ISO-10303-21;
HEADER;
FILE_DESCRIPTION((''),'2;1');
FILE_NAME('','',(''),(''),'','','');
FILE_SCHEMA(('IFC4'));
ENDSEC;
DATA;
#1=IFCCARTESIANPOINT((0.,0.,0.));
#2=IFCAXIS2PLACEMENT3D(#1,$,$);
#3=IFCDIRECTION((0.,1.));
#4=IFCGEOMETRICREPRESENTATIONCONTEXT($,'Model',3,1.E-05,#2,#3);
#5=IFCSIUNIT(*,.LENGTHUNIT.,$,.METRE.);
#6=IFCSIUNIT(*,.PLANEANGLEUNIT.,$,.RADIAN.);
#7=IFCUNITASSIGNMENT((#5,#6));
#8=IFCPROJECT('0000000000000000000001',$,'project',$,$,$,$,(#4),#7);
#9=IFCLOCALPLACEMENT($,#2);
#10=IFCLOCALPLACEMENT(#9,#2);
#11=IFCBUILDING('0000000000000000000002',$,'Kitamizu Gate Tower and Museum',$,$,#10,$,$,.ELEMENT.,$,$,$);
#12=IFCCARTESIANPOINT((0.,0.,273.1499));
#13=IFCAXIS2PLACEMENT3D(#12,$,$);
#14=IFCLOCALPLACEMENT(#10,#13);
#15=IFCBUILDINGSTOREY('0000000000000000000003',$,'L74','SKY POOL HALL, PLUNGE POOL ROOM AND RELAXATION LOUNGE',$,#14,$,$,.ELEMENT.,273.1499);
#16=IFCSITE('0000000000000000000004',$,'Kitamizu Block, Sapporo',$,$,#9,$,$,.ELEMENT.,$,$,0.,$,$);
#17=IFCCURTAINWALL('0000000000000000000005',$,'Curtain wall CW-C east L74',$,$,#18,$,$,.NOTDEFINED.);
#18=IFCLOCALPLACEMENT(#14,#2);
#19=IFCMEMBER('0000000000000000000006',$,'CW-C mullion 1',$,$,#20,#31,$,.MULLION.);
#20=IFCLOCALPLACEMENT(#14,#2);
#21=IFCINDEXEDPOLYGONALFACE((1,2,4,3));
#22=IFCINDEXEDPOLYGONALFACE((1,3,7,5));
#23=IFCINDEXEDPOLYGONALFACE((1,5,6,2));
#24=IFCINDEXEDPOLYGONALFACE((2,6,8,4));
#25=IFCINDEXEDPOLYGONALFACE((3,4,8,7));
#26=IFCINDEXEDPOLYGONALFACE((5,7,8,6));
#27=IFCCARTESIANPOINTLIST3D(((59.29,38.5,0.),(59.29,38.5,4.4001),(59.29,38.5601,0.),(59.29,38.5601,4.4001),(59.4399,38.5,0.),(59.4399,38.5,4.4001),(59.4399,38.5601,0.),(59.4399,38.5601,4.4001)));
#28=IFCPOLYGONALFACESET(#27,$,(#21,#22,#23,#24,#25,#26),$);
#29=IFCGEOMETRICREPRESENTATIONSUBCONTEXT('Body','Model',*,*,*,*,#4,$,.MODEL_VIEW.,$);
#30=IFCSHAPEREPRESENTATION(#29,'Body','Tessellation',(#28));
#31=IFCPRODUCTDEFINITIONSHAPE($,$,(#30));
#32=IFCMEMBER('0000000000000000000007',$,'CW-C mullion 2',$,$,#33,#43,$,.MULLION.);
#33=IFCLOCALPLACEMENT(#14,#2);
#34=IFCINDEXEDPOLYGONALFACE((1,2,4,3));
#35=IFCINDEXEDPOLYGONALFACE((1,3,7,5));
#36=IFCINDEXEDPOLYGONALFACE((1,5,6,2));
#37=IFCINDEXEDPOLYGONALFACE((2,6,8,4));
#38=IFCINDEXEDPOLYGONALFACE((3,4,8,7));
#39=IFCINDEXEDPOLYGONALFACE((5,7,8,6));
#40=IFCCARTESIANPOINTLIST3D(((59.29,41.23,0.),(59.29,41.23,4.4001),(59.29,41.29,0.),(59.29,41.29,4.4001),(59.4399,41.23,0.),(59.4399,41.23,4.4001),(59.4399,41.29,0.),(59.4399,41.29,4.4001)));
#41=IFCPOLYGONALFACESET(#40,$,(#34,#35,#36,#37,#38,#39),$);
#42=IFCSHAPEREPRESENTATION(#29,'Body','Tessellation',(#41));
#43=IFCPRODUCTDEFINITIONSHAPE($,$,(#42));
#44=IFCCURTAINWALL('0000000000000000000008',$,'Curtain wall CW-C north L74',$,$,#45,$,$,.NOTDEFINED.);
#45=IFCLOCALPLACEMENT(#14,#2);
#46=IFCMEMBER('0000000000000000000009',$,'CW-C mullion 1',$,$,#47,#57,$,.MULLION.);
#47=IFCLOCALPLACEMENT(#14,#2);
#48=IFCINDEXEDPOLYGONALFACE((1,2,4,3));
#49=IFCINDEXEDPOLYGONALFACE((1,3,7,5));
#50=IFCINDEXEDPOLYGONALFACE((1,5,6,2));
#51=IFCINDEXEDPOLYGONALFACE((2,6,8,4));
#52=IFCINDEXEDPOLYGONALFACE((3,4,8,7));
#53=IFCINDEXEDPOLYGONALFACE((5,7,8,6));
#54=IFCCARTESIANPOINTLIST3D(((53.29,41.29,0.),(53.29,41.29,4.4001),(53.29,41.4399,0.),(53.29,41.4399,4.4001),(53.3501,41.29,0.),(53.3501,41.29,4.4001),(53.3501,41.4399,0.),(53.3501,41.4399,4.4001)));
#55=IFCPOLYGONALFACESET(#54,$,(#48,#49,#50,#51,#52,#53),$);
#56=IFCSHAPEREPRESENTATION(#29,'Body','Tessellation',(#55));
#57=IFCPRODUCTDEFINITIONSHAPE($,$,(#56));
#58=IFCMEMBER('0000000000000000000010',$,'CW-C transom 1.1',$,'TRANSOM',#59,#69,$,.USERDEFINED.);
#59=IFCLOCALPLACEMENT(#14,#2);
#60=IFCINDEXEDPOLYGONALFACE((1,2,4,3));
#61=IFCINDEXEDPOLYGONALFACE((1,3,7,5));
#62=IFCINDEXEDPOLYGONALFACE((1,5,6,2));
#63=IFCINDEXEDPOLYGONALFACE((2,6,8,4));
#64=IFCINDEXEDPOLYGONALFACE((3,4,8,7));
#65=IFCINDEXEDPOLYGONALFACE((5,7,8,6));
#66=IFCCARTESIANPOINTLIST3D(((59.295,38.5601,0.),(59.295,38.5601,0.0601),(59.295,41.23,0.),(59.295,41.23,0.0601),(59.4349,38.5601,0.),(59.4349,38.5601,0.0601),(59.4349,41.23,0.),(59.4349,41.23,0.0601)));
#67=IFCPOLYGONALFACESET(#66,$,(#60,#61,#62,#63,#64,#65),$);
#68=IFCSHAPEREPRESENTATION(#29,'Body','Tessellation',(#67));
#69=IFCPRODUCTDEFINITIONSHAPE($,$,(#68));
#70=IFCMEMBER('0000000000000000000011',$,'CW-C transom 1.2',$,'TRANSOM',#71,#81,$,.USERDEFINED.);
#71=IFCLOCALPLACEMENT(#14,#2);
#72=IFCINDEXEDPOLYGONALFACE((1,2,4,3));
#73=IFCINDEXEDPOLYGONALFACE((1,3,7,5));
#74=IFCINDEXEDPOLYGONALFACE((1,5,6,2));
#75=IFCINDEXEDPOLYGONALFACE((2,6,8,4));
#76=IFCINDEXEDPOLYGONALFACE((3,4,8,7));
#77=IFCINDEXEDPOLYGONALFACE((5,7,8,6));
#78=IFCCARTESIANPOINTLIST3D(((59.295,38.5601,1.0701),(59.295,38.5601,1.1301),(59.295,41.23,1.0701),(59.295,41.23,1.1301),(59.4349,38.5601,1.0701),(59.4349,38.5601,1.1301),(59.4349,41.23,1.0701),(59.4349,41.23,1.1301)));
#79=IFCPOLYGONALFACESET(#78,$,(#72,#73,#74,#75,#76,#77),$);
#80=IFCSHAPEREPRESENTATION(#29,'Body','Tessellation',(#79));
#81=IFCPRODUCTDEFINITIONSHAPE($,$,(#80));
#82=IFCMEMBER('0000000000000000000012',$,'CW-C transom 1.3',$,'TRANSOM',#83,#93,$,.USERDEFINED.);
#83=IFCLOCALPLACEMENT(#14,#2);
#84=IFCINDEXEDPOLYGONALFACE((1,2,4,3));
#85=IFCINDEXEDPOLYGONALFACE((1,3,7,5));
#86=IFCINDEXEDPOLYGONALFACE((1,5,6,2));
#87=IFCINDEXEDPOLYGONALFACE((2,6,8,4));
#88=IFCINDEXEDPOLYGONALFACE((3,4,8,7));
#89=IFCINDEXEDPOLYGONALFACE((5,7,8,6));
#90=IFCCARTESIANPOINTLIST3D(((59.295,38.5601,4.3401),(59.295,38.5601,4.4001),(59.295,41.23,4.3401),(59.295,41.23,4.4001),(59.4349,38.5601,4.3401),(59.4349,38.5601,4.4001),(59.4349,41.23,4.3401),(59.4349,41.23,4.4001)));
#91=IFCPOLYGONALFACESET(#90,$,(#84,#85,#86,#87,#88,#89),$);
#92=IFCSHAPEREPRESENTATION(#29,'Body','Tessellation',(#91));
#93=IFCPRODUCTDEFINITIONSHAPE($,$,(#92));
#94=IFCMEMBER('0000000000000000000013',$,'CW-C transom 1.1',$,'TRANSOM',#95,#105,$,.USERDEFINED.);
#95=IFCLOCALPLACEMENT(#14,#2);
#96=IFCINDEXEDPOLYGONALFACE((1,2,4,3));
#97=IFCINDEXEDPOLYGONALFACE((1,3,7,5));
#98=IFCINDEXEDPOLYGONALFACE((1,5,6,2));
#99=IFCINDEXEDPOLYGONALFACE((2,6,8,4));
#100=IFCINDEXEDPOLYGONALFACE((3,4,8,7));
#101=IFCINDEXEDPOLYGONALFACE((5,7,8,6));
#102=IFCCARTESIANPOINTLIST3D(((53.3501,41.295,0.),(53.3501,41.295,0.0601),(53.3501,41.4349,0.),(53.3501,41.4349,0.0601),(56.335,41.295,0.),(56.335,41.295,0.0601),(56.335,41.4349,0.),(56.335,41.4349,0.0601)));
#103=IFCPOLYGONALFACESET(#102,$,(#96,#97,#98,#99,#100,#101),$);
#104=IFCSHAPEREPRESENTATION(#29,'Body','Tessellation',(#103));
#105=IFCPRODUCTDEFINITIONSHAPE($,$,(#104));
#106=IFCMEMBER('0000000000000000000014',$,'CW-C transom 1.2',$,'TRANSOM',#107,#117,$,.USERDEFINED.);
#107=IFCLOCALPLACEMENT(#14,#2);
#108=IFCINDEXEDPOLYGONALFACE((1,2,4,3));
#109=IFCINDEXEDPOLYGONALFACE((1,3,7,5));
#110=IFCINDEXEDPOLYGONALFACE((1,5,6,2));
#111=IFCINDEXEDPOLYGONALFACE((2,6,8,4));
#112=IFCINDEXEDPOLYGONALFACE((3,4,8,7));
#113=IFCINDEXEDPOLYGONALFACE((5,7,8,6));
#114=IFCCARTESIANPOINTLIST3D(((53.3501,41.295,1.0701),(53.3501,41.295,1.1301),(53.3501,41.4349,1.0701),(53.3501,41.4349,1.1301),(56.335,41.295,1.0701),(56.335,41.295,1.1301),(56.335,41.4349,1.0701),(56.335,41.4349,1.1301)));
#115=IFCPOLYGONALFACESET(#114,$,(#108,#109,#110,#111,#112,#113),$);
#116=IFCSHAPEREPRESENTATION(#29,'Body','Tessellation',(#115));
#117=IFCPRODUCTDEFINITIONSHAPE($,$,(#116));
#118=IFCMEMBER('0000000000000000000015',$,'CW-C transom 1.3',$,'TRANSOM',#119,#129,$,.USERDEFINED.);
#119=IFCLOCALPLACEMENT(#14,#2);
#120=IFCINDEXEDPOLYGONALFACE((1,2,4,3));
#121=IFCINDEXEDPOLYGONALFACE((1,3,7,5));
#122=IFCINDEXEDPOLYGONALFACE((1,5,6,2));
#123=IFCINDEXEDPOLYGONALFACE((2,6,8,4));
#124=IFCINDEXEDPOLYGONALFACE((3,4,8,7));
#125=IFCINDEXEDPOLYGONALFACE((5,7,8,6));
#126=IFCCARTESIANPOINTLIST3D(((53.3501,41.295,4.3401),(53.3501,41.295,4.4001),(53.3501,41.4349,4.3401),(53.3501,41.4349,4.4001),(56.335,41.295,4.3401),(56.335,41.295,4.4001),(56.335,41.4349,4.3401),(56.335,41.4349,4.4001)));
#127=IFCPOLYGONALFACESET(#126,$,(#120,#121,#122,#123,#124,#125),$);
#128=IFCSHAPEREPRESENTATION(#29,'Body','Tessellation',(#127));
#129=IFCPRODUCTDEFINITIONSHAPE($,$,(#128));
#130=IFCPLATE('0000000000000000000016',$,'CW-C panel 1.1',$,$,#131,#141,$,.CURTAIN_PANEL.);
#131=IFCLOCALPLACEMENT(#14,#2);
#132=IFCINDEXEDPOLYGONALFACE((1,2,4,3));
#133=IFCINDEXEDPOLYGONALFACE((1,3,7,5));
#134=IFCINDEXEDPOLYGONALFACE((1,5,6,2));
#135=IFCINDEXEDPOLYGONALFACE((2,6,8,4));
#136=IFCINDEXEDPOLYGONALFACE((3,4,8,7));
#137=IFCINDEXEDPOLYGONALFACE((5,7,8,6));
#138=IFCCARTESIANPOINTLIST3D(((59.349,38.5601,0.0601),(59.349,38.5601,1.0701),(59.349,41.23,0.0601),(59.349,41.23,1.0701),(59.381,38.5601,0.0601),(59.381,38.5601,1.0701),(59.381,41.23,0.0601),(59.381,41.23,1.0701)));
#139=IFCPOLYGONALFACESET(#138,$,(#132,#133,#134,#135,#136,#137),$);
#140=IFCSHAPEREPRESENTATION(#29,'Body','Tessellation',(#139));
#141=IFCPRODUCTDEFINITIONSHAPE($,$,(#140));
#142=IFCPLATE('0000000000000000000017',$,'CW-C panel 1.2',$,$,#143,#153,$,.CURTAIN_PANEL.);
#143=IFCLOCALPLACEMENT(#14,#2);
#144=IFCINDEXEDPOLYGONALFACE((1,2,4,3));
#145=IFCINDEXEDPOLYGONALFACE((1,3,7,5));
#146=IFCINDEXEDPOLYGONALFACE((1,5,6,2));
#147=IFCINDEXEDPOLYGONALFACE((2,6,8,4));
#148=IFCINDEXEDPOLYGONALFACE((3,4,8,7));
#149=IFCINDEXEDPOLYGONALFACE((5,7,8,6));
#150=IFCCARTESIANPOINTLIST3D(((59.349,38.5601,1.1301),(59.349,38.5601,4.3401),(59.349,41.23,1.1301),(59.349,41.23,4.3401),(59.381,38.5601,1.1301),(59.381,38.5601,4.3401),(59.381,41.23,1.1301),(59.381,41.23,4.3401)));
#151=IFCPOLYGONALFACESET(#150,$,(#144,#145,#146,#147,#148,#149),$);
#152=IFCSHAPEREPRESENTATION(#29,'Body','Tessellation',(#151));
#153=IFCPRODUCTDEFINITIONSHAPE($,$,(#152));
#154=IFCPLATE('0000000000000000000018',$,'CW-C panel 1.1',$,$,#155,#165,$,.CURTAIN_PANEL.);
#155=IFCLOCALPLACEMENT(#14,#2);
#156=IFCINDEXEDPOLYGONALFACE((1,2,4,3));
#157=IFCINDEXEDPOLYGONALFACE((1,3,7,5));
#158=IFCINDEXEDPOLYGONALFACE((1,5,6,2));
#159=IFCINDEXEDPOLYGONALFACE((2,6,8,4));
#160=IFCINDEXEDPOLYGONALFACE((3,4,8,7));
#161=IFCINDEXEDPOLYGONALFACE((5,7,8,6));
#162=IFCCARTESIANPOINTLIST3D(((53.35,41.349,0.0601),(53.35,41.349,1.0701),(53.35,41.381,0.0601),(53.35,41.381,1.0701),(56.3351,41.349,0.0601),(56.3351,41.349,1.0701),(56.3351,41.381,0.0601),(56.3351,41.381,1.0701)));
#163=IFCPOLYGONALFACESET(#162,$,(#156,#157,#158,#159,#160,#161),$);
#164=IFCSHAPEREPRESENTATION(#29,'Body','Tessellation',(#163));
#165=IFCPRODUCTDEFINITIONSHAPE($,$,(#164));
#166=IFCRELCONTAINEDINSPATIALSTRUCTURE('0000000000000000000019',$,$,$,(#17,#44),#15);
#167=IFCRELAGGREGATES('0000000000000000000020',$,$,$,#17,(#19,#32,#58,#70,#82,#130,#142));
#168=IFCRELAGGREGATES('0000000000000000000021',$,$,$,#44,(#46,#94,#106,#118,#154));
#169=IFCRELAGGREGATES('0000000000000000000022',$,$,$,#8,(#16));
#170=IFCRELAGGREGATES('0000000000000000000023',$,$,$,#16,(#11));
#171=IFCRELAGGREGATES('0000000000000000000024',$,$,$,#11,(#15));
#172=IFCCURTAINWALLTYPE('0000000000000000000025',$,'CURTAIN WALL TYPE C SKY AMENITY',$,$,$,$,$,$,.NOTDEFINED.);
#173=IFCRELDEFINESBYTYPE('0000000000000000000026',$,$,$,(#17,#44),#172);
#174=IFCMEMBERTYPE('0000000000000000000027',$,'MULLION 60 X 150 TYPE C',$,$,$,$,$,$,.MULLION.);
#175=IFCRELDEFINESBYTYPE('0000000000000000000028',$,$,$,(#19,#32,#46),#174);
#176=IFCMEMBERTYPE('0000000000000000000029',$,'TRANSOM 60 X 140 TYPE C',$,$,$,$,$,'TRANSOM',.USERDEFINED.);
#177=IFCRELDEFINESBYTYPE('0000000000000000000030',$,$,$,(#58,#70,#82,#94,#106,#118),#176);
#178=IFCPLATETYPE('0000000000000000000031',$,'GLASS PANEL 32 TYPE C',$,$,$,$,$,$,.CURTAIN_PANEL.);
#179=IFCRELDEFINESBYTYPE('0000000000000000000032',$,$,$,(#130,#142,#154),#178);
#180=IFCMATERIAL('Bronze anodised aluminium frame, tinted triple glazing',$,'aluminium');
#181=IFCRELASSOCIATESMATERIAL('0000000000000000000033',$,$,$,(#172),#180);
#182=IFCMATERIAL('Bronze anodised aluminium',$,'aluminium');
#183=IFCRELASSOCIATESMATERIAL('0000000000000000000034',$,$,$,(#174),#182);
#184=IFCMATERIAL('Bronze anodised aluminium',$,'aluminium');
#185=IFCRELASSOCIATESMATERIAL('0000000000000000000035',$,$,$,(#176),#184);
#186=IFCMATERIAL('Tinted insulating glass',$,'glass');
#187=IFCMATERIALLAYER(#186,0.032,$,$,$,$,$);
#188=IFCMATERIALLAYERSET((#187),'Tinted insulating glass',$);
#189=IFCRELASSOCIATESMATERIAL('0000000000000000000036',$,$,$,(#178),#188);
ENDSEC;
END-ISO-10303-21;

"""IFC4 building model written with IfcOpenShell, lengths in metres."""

from ifc_helpers import new_model, si_unit, direction, frame, origin, origin_2d, place, context, subcontext, project, spatial, rectangle, extrude, material, layer, layer_set, material_profile, profile_set, type_object, element, aggregate, save


model = new_model("IFC4")

# Units and contexts
model_context = context("Model", 3, precision=1e-05, world=origin(), true_north=direction((0.0, 1.0)))
body_context = subcontext(model_context, "Body", "Model", "MODEL_VIEW")
ifc_project = project(units=[si_unit("LENGTHUNIT", "METRE"), si_unit("PLANEANGLEUNIT", "RADIAN")], contexts=[model_context])

# Site, building, storey
site_placement = place(None, origin())
site = spatial("IfcSite", under=ifc_project, at=site_placement, Name="Kitamizu Block, Sapporo", CompositionType="ELEMENT", RefElevation=0.0)
building_placement = place(site_placement, origin())
building = spatial("IfcBuilding", under=site, at=building_placement, Name="Kitamizu Gate Tower and Museum", CompositionType="ELEMENT")
storey_placement = place(building_placement, frame((0.0, 0.0, 273.1499)))
storey = spatial("IfcBuildingStorey", under=building, at=storey_placement, Name="L74", Description="SKY POOL HALL, PLUNGE POOL ROOM AND RELAXATION LOUNGE", CompositionType="ELEMENT", Elevation=273.1499)

# Curtain wall, members
ifc_material_1 = material(Name="Bronze anodised aluminium frame, tinted triple glazing", Category="aluminium")
curtain_wall_type = type_object("IfcCurtainWallType", Name="CURTAIN WALL TYPE C SKY AMENITY", PredefinedType="NOTDEFINED", material=ifc_material_1)
curtain_wall_1_placement = place(storey_placement, origin())
curtain_wall_1 = element("IfcCurtainWall", 1, at=curtain_wall_1_placement, inside=storey, type_object=curtain_wall_type, Name="Curtain wall CW-C east L74", PredefinedType="NOTDEFINED")
ifc_material_2 = material(Name="Bronze anodised aluminium", Category="aluminium")
ifc_material_profile_1 = material_profile(ifc_material_2, rectangle(XDim=0.0601, YDim=0.1499, at=origin_2d()), Name="AL 60X150")
ifc_profile_set_1 = profile_set([ifc_material_profile_1], Name="Bronze anodised aluminium")
member_type_1 = type_object("IfcMemberType", Name="MULLION 60 X 150 TYPE C", PredefinedType="MULLION", material=ifc_profile_set_1)
member_1_placement = place(storey_placement, frame((59.365, 38.53, 0.0), z_axis=(0.0, 0.0, 1.0), x_axis=(0.0, 1.0, 0.0)))
member_1 = element("IfcMember", 2, at=member_1_placement, type_object=member_type_1, Name="CW-C mullion 1", PredefinedType="MULLION", context=body_context, shape_type="SweptSolid", body=[
    extrude(rectangle(XDim=0.0601, YDim=0.1499, at=origin_2d()), origin(), (0.0, 0.0, 1.0), 4.4001),
])
member_2_placement = place(storey_placement, frame((59.365, 41.26, 0.0), z_axis=(0.0, 0.0, 1.0), x_axis=(0.0, 1.0, 0.0)))
member_2 = element("IfcMember", 3, at=member_2_placement, type_object=member_type_1, Name="CW-C mullion 2", PredefinedType="MULLION", context=body_context, shape_type="SweptSolid", body=[
    extrude(rectangle(XDim=0.0601, YDim=0.1499, at=origin_2d()), origin(), (0.0, 0.0, 1.0), 4.4001),
])

# Curtain wall, member
curtain_wall_2_placement = place(storey_placement, origin())
curtain_wall_2 = element("IfcCurtainWall", 4, at=curtain_wall_2_placement, inside=storey, type_object=curtain_wall_type, Name="Curtain wall CW-C north L74", PredefinedType="NOTDEFINED")
member_3_placement = place(storey_placement, frame((53.3201, 41.365, 0.0), z_axis=(0.0, 0.0, 1.0), x_axis=(1.0, 0.0, 0.0)))
member_3 = element("IfcMember", 5, at=member_3_placement, type_object=member_type_1, Name="CW-C mullion 1", PredefinedType="MULLION", context=body_context, shape_type="SweptSolid", body=[
    extrude(rectangle(XDim=0.0601, YDim=0.1499, at=origin_2d()), origin(), (0.0, 0.0, 1.0), 4.4001),
])

# Members
ifc_material_3 = material(Name="Bronze anodised aluminium", Category="aluminium")
ifc_material_profile_2 = material_profile(ifc_material_3, rectangle(XDim=0.1399, YDim=0.0601, at=origin_2d()), Name="AL 60X140")
ifc_profile_set_2 = profile_set([ifc_material_profile_2], Name="Bronze anodised aluminium")
member_type_2 = type_object("IfcMemberType", Name="TRANSOM 60 X 140 TYPE C", ElementType="TRANSOM", PredefinedType="USERDEFINED", material=ifc_profile_set_2)
member_4_placement = place(storey_placement, frame((59.365, 38.5601, 0.03), z_axis=(0.0, 1.0, 0.0), x_axis=(-1.0, 0.0, 0.0)))
member_4 = element("IfcMember", 6, at=member_4_placement, type_object=member_type_2, Name="CW-C transom 1.1", ObjectType="TRANSOM", PredefinedType="USERDEFINED", context=body_context, shape_type="SweptSolid", body=[
    extrude(rectangle(XDim=0.1399, YDim=0.0601, at=origin_2d()), origin(), (0.0, 0.0, 1.0), 2.6699),
])
member_5_placement = place(storey_placement, frame((59.365, 38.5601, 1.1001), z_axis=(0.0, 1.0, 0.0), x_axis=(-1.0, 0.0, 0.0)))
member_5 = element("IfcMember", 7, at=member_5_placement, type_object=member_type_2, Name="CW-C transom 1.2", ObjectType="TRANSOM", PredefinedType="USERDEFINED", context=body_context, shape_type="SweptSolid", body=[
    extrude(rectangle(XDim=0.1399, YDim=0.0601, at=origin_2d()), origin(), (0.0, 0.0, 1.0), 2.6699),
])
member_6_placement = place(storey_placement, frame((59.365, 38.5601, 4.3701), z_axis=(0.0, 1.0, 0.0), x_axis=(-1.0, 0.0, 0.0)))
member_6 = element("IfcMember", 8, at=member_6_placement, type_object=member_type_2, Name="CW-C transom 1.3", ObjectType="TRANSOM", PredefinedType="USERDEFINED", context=body_context, shape_type="SweptSolid", body=[
    extrude(rectangle(XDim=0.1399, YDim=0.0601, at=origin_2d()), origin(), (0.0, 0.0, 1.0), 2.6699),
])
member_7_placement = place(storey_placement, frame((53.3501, 41.365, 0.03), z_axis=(1.0, 0.0, 0.0), x_axis=(0.0, 1.0, 0.0)))
member_7 = element("IfcMember", 9, at=member_7_placement, type_object=member_type_2, Name="CW-C transom 1.1", ObjectType="TRANSOM", PredefinedType="USERDEFINED", context=body_context, shape_type="SweptSolid", body=[
    extrude(rectangle(XDim=0.1399, YDim=0.0601, at=origin_2d()), origin(), (0.0, 0.0, 1.0), 2.9849),
])
member_8_placement = place(storey_placement, frame((53.3501, 41.365, 1.1001), z_axis=(1.0, 0.0, 0.0), x_axis=(0.0, 1.0, 0.0)))
member_8 = element("IfcMember", 10, at=member_8_placement, type_object=member_type_2, Name="CW-C transom 1.2", ObjectType="TRANSOM", PredefinedType="USERDEFINED", context=body_context, shape_type="SweptSolid", body=[
    extrude(rectangle(XDim=0.1399, YDim=0.0601, at=origin_2d()), origin(), (0.0, 0.0, 1.0), 2.9849),
])
member_9_placement = place(storey_placement, frame((53.3501, 41.365, 4.3701), z_axis=(1.0, 0.0, 0.0), x_axis=(0.0, 1.0, 0.0)))
member_9 = element("IfcMember", 11, at=member_9_placement, type_object=member_type_2, Name="CW-C transom 1.3", ObjectType="TRANSOM", PredefinedType="USERDEFINED", context=body_context, shape_type="SweptSolid", body=[
    extrude(rectangle(XDim=0.1399, YDim=0.0601, at=origin_2d()), origin(), (0.0, 0.0, 1.0), 2.9849),
])

# Plates
ifc_material_4 = material(Name="Tinted insulating glass", Category="glass")
ifc_layer_1 = layer(ifc_material_4, 0.032)
ifc_layer_set_1 = layer_set([ifc_layer_1], Name="Tinted insulating glass")
plate_type = type_object("IfcPlateType", Name="GLASS PANEL 32 TYPE C", PredefinedType="CURTAIN_PANEL", material=ifc_layer_set_1)
plate_1_placement = place(storey_placement, frame((59.365, 39.895, 0.0601), z_axis=(0.0, 0.0, 1.0), x_axis=(0.0, 1.0, 0.0)))
plate_1 = element("IfcPlate", 12, at=plate_1_placement, type_object=plate_type, Name="CW-C panel 1.1", PredefinedType="CURTAIN_PANEL", context=body_context, shape_type="SweptSolid", body=[
    extrude(rectangle(XDim=2.6699, YDim=0.032, at=origin_2d()), origin(), (0.0, 0.0, 1.0), 1.01),
])
plate_2_placement = place(storey_placement, frame((59.365, 39.895, 1.1301), z_axis=(0.0, 0.0, 1.0), x_axis=(0.0, 1.0, 0.0)))
plate_2 = element("IfcPlate", 13, at=plate_2_placement, type_object=plate_type, Name="CW-C panel 1.2", PredefinedType="CURTAIN_PANEL", context=body_context, shape_type="SweptSolid", body=[
    extrude(rectangle(XDim=2.6699, YDim=0.032, at=origin_2d()), origin(), (0.0, 0.0, 1.0), 3.21),
])
aggregate(curtain_wall_1, [member_1, member_2, member_4, member_5, member_6, plate_1, plate_2])
plate_3_placement = place(storey_placement, frame((54.8425, 41.365, 0.0601), z_axis=(0.0, 0.0, 1.0), x_axis=(1.0, 0.0, 0.0)))
plate_3 = element("IfcPlate", 14, at=plate_3_placement, type_object=plate_type, Name="CW-C panel 1.1", PredefinedType="CURTAIN_PANEL", context=body_context, shape_type="SweptSolid", body=[
    extrude(rectangle(XDim=2.9851, YDim=0.032, at=origin_2d()), origin(), (0.0, 0.0, 1.0), 1.01),
])
aggregate(curtain_wall_2, [member_3, member_7, member_8, member_9, plate_3])

save(model, "model.ifc")
